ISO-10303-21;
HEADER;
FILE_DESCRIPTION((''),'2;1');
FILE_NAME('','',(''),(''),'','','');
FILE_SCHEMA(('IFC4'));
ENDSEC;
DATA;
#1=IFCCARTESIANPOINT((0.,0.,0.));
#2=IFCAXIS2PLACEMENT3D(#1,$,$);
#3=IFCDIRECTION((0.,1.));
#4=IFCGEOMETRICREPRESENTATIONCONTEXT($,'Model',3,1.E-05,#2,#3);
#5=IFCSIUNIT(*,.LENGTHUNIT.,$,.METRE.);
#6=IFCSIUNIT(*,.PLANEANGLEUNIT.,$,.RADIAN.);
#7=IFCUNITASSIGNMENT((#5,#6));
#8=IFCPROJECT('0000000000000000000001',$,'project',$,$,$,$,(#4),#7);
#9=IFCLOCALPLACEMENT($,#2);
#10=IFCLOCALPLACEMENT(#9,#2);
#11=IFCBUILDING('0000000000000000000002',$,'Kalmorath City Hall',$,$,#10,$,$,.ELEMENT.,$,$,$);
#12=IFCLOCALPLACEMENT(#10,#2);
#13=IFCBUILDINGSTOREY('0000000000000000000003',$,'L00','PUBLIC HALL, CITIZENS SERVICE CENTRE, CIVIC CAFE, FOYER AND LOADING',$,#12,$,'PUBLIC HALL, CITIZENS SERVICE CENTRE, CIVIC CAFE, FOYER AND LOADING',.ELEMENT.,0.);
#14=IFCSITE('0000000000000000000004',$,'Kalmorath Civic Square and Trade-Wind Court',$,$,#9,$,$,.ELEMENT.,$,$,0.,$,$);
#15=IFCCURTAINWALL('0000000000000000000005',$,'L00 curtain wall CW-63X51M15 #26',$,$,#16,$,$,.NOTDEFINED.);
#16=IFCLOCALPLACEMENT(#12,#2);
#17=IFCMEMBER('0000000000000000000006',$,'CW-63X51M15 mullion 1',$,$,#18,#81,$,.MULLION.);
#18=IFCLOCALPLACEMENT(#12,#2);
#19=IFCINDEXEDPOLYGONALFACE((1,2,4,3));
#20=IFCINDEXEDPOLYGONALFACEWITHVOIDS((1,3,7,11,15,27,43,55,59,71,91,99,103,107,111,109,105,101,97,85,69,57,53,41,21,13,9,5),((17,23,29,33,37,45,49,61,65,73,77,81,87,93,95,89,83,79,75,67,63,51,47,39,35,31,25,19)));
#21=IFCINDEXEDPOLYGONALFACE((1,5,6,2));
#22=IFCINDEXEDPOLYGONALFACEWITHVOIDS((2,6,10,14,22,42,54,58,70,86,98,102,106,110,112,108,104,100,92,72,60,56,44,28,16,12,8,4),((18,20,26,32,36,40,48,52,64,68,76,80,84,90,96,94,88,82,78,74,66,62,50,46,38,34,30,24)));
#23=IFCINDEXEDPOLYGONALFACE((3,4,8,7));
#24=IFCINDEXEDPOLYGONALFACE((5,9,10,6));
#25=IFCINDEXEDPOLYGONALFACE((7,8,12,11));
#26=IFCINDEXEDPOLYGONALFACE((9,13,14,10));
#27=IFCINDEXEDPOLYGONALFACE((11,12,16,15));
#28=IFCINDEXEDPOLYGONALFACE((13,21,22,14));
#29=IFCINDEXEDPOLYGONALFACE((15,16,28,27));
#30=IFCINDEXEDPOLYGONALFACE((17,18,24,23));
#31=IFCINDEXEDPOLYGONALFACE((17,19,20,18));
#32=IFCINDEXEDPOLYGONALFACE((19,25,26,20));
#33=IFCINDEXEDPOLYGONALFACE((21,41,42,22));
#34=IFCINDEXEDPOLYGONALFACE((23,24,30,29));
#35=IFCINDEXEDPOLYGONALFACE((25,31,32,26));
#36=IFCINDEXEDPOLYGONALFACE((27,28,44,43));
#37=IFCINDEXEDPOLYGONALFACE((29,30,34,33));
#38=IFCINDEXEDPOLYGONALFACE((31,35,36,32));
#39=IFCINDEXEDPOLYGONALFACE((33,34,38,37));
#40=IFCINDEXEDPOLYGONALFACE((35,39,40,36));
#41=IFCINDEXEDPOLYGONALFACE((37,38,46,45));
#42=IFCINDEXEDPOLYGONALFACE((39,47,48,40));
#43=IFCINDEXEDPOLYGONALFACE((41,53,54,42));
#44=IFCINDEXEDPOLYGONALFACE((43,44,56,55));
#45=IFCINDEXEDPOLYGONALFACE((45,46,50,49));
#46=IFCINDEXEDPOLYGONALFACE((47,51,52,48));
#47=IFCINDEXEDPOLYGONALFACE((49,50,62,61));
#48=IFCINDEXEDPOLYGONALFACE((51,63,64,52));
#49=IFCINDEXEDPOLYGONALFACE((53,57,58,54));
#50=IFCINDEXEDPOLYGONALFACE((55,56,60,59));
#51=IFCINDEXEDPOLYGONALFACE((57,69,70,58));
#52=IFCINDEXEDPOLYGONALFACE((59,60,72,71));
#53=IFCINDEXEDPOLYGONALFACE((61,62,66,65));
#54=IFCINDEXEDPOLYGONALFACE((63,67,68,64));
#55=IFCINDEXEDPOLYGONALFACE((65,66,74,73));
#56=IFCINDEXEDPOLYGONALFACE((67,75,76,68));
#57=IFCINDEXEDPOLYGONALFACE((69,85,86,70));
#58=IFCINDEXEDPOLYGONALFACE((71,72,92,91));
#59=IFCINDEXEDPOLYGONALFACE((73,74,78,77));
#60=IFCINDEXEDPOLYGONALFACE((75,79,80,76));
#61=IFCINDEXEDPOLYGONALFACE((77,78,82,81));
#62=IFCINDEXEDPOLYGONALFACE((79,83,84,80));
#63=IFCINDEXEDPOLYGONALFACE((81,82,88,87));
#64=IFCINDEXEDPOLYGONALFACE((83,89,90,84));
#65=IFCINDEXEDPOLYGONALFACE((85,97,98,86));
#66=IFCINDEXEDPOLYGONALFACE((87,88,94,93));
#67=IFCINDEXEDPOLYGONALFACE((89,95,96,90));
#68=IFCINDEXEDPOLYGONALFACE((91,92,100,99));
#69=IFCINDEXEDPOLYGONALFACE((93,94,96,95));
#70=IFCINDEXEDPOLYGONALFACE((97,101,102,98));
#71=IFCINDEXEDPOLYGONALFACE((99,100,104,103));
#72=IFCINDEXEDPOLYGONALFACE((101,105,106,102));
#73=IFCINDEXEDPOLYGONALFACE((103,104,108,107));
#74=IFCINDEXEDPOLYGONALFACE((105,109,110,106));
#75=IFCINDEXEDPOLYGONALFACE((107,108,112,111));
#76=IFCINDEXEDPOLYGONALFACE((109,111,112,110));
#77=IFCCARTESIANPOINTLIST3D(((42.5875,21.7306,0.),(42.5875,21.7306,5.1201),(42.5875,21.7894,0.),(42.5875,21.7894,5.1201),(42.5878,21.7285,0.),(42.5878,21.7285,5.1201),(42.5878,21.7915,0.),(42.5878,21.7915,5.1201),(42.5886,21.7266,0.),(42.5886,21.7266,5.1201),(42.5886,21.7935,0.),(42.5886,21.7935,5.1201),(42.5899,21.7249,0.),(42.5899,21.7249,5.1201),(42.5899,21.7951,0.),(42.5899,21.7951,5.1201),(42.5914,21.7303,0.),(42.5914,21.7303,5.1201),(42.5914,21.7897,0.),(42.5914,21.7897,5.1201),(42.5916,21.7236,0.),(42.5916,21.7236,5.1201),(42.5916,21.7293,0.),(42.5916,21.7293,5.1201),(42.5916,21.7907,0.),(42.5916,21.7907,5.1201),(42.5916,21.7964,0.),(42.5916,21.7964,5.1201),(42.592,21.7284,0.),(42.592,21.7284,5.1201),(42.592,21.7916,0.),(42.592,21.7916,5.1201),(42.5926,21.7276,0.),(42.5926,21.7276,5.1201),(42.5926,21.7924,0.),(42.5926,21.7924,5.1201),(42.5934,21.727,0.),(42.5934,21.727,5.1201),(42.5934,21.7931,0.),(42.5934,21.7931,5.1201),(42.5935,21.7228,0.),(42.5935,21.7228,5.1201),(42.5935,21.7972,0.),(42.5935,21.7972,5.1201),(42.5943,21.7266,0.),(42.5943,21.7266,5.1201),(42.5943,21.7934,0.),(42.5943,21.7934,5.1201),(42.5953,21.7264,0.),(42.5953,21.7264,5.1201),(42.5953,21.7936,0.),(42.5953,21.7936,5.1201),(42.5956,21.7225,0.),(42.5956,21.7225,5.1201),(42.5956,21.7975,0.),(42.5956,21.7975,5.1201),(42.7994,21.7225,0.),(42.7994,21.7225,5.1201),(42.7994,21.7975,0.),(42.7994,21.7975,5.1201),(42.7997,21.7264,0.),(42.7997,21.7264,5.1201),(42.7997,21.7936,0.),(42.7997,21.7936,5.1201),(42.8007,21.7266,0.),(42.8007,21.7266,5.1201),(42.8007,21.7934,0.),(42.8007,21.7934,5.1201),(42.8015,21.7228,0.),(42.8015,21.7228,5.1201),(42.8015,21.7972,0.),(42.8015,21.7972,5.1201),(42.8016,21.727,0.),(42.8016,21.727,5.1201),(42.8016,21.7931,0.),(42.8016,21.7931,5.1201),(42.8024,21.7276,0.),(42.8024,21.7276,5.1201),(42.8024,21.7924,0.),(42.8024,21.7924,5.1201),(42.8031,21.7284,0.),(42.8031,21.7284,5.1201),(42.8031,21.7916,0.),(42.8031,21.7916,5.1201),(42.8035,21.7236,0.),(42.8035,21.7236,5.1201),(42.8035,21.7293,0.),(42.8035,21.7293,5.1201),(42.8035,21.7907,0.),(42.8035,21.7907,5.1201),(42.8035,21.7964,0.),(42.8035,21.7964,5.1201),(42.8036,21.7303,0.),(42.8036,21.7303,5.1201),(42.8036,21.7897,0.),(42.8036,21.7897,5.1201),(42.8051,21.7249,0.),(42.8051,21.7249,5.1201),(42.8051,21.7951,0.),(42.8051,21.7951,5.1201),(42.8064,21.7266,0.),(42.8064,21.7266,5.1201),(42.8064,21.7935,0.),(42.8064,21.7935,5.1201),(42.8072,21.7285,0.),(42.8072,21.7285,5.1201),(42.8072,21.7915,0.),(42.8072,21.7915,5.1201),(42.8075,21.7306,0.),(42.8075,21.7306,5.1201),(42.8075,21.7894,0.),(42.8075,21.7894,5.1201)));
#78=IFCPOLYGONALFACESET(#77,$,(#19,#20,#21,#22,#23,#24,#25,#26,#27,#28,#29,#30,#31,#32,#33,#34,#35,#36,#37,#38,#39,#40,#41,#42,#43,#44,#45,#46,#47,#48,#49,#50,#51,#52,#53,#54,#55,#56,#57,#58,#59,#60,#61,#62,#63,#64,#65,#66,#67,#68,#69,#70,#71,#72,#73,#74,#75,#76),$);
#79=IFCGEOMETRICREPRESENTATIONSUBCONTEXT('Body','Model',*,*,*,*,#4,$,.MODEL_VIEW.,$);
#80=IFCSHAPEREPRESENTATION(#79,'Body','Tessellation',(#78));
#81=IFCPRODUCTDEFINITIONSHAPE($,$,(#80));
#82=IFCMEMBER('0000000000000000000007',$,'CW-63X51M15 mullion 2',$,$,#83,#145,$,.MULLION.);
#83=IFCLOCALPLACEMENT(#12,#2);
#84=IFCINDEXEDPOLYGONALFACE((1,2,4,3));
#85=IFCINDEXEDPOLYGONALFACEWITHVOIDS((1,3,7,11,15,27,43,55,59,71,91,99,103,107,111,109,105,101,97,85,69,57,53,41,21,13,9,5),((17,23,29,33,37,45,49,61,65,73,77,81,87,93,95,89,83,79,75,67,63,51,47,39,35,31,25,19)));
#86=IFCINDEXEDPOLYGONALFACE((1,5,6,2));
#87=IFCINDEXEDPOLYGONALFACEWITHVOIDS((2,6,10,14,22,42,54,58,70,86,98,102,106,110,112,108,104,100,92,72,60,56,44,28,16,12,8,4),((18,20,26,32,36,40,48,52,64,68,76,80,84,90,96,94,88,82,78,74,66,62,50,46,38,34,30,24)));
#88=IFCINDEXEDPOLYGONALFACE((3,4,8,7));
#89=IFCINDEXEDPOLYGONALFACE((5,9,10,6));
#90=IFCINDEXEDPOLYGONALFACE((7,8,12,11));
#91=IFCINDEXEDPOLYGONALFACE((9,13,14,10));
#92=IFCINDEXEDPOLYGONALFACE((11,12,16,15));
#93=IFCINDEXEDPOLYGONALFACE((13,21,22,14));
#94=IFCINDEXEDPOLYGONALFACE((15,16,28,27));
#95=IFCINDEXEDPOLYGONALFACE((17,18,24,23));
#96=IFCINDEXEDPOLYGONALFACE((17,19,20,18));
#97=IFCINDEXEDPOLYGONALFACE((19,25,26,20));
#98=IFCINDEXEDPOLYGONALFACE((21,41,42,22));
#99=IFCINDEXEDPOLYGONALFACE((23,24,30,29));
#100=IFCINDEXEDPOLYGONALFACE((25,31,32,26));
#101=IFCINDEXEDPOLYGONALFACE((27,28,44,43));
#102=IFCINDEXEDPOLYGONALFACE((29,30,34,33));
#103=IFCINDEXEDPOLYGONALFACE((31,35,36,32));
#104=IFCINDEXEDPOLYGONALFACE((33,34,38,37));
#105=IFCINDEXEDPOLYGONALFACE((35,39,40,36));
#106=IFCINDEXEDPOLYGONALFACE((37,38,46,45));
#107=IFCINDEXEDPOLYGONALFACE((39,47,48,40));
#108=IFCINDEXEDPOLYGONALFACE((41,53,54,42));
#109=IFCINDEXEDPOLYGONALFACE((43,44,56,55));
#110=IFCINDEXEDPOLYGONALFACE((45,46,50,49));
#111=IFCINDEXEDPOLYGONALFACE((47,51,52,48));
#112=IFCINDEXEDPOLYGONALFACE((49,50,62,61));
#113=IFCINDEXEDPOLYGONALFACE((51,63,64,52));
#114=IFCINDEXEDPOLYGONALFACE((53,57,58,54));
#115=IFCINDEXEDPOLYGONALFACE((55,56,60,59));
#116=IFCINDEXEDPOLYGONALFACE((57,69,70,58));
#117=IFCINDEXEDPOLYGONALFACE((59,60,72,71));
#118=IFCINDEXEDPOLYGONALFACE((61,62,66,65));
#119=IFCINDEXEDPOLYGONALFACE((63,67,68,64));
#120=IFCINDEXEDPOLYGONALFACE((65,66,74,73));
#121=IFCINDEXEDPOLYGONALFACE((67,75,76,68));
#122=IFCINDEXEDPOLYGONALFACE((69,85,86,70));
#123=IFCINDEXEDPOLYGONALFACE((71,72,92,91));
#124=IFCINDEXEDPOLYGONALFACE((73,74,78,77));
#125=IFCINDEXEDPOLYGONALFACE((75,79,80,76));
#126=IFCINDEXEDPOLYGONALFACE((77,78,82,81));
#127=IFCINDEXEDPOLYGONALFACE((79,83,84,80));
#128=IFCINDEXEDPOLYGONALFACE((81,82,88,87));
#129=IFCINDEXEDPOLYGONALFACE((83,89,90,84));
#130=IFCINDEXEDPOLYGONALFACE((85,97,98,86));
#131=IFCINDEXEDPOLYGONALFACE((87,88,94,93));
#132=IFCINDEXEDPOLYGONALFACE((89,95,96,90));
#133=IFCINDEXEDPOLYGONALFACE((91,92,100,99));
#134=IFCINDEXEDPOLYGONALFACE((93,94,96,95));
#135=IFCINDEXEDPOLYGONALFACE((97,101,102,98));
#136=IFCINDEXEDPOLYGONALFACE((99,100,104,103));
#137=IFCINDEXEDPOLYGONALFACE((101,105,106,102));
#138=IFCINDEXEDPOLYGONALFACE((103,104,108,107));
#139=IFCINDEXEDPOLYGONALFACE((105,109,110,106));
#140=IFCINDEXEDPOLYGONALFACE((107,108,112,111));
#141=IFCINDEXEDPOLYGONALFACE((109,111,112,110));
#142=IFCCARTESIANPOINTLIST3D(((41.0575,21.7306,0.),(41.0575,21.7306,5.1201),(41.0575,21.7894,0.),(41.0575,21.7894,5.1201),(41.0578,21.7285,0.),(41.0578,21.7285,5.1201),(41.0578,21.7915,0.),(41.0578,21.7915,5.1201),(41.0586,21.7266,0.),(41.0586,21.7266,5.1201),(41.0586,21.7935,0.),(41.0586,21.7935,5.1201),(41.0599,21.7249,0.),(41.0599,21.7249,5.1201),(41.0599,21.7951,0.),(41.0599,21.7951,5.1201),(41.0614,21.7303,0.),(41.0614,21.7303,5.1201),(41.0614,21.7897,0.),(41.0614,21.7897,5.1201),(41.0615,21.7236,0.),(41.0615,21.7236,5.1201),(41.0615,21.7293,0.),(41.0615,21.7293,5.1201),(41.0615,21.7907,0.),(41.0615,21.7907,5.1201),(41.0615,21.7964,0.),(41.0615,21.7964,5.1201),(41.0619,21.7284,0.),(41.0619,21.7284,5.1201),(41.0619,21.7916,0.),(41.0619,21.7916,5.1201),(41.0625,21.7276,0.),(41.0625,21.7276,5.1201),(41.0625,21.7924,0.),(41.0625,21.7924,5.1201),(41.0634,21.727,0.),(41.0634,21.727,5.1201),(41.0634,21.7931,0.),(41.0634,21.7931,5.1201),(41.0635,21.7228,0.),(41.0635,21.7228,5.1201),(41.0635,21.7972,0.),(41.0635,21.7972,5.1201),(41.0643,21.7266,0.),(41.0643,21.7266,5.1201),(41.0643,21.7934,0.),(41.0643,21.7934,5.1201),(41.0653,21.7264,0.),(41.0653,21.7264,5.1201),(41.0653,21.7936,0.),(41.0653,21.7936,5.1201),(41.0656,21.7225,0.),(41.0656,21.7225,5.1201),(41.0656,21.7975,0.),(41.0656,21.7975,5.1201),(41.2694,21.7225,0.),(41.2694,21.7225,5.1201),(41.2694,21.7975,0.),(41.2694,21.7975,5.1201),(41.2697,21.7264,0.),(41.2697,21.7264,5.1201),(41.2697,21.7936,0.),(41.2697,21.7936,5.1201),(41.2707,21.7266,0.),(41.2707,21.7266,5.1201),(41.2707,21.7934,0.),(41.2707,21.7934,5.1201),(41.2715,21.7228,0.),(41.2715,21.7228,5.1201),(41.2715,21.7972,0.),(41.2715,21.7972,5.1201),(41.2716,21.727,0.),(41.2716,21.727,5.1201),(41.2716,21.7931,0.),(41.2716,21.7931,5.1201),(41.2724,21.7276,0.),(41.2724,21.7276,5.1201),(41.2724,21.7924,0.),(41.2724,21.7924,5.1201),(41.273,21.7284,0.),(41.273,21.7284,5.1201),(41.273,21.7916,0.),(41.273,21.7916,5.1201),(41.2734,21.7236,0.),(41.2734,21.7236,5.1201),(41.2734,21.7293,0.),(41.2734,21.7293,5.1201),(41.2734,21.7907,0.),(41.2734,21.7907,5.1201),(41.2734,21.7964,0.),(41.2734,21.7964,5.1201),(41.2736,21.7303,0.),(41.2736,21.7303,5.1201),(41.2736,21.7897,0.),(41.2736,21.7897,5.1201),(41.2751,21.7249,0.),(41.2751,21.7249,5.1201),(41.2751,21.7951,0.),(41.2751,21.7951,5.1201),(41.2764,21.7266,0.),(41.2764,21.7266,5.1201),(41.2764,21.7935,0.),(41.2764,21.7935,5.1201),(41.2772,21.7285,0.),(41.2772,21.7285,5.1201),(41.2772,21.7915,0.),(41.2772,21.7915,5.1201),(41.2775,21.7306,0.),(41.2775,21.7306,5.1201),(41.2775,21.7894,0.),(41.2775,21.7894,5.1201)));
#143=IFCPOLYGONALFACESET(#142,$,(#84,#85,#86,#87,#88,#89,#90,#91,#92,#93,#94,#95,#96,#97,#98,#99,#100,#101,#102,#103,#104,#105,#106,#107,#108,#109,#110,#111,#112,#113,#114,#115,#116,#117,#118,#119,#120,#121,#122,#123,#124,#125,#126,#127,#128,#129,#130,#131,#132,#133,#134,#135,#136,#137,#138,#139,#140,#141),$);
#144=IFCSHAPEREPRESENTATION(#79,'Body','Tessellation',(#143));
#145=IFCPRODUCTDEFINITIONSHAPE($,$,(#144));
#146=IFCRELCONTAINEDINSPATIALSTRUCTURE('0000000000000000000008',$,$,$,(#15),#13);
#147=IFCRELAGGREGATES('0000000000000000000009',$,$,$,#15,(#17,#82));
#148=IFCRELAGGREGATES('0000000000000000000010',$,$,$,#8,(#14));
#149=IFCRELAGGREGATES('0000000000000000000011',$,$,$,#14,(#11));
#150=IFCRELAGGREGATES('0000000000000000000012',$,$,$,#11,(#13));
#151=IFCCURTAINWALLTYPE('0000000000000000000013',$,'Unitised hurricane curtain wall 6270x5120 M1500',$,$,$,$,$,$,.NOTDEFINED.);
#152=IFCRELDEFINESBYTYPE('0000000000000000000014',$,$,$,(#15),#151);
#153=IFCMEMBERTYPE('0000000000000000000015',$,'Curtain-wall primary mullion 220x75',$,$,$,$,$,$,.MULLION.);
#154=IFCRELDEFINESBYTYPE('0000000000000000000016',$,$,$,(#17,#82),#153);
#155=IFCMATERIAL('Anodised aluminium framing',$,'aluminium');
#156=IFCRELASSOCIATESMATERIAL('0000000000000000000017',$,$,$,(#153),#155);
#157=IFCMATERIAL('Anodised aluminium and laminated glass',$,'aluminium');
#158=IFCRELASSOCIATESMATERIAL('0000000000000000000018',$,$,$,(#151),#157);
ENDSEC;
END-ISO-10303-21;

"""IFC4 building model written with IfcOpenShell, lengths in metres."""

from ifc_helpers import new_model, si_unit, direction, frame, origin, origin_2d, place, context, subcontext, project, spatial, hollow_rectangle, extrude, material, material_profile, profile_set, type_object, element, aggregate, save


model = new_model("IFC4")

# Units and contexts
model_context = context("Model", 3, precision=1e-05, world=origin(), true_north=direction((0.0, 1.0)))
body_context = subcontext(model_context, "Body", "Model", "MODEL_VIEW")
ifc_project = project(units=[si_unit("LENGTHUNIT", "METRE"), si_unit("PLANEANGLEUNIT", "RADIAN")], contexts=[model_context])

# Site, building, storey
site_placement = place(None, origin())
site = spatial("IfcSite", under=ifc_project, at=site_placement, Name="Kalmorath Civic Square and Trade-Wind Court", CompositionType="ELEMENT", RefElevation=0.0)
building_placement = place(site_placement, origin())
building = spatial("IfcBuilding", under=site, at=building_placement, Name="Kalmorath City Hall", CompositionType="ELEMENT")
storey_placement = place(building_placement, origin())
storey = spatial("IfcBuildingStorey", under=building, at=storey_placement, Name="L00", Description="PUBLIC HALL, CITIZENS SERVICE CENTRE, CIVIC CAFE, FOYER AND LOADING", LongName="PUBLIC HALL, CITIZENS SERVICE CENTRE, CIVIC CAFE, FOYER AND LOADING", CompositionType="ELEMENT", Elevation=0.0)

# Shared definitions
ifc_material_1 = material(Name="Anodised aluminium framing", Category="aluminium")
ifc_material_profile_1 = material_profile(ifc_material_1, hollow_rectangle(XDim=0.075, YDim=0.22, WallThickness=0.0039, InnerFilletRadius=0.0039, OuterFilletRadius=0.0081, at=origin_2d()), Name="ALU-MUL-220X75X4")
ifc_profile_set_1 = profile_set([ifc_material_profile_1], Name="Anodised aluminium framing")
member_type_1 = type_object("IfcMemberType", Name="Curtain-wall primary mullion 220x75", PredefinedType="MULLION", material=ifc_profile_set_1)

# Curtain wall, members
ifc_material_2 = material(Name="Anodised aluminium and laminated glass", Category="aluminium")
curtain_wall_type_1 = type_object("IfcCurtainWallType", Name="Unitised hurricane curtain wall 6270x5120 M1500", PredefinedType="NOTDEFINED", material=ifc_material_2)
curtain_wall_1_placement = place(storey_placement, origin())
curtain_wall_1 = element("IfcCurtainWall", 1, at=curtain_wall_1_placement, inside=storey, type_object=curtain_wall_type_1, Name="L00 curtain wall CW-63X51M15 #26", PredefinedType="NOTDEFINED")
member_1_placement = place(storey_placement, frame((42.6975, 21.76, 0.0), z_axis=(0.0, 0.0, 1.0), x_axis=(0.0, -1.0, 0.0)))
member_1 = element("IfcMember", 2, at=member_1_placement, type_object=member_type_1, Name="CW-63X51M15 mullion 1", PredefinedType="MULLION", context=body_context, shape_type="SweptSolid", body=[
    extrude(hollow_rectangle(XDim=0.075, YDim=0.22, WallThickness=0.0039, InnerFilletRadius=0.0039, OuterFilletRadius=0.0081, at=origin_2d()), origin(), (0.0, 0.0, 1.0), 5.1201),
])
member_2_placement = place(storey_placement, frame((41.1675, 21.76, 0.0), z_axis=(0.0, 0.0, 1.0), x_axis=(0.0, -1.0, 0.0)))
member_2 = element("IfcMember", 3, at=member_2_placement, type_object=member_type_1, Name="CW-63X51M15 mullion 2", PredefinedType="MULLION", context=body_context, shape_type="SweptSolid", body=[
    extrude(hollow_rectangle(XDim=0.075, YDim=0.22, WallThickness=0.0039, InnerFilletRadius=0.0039, OuterFilletRadius=0.0081, at=origin_2d()), origin(), (0.0, 0.0, 1.0), 5.1201),
])

aggregate(curtain_wall_1, [member_1, member_2])

save(model, "model.ifc")
